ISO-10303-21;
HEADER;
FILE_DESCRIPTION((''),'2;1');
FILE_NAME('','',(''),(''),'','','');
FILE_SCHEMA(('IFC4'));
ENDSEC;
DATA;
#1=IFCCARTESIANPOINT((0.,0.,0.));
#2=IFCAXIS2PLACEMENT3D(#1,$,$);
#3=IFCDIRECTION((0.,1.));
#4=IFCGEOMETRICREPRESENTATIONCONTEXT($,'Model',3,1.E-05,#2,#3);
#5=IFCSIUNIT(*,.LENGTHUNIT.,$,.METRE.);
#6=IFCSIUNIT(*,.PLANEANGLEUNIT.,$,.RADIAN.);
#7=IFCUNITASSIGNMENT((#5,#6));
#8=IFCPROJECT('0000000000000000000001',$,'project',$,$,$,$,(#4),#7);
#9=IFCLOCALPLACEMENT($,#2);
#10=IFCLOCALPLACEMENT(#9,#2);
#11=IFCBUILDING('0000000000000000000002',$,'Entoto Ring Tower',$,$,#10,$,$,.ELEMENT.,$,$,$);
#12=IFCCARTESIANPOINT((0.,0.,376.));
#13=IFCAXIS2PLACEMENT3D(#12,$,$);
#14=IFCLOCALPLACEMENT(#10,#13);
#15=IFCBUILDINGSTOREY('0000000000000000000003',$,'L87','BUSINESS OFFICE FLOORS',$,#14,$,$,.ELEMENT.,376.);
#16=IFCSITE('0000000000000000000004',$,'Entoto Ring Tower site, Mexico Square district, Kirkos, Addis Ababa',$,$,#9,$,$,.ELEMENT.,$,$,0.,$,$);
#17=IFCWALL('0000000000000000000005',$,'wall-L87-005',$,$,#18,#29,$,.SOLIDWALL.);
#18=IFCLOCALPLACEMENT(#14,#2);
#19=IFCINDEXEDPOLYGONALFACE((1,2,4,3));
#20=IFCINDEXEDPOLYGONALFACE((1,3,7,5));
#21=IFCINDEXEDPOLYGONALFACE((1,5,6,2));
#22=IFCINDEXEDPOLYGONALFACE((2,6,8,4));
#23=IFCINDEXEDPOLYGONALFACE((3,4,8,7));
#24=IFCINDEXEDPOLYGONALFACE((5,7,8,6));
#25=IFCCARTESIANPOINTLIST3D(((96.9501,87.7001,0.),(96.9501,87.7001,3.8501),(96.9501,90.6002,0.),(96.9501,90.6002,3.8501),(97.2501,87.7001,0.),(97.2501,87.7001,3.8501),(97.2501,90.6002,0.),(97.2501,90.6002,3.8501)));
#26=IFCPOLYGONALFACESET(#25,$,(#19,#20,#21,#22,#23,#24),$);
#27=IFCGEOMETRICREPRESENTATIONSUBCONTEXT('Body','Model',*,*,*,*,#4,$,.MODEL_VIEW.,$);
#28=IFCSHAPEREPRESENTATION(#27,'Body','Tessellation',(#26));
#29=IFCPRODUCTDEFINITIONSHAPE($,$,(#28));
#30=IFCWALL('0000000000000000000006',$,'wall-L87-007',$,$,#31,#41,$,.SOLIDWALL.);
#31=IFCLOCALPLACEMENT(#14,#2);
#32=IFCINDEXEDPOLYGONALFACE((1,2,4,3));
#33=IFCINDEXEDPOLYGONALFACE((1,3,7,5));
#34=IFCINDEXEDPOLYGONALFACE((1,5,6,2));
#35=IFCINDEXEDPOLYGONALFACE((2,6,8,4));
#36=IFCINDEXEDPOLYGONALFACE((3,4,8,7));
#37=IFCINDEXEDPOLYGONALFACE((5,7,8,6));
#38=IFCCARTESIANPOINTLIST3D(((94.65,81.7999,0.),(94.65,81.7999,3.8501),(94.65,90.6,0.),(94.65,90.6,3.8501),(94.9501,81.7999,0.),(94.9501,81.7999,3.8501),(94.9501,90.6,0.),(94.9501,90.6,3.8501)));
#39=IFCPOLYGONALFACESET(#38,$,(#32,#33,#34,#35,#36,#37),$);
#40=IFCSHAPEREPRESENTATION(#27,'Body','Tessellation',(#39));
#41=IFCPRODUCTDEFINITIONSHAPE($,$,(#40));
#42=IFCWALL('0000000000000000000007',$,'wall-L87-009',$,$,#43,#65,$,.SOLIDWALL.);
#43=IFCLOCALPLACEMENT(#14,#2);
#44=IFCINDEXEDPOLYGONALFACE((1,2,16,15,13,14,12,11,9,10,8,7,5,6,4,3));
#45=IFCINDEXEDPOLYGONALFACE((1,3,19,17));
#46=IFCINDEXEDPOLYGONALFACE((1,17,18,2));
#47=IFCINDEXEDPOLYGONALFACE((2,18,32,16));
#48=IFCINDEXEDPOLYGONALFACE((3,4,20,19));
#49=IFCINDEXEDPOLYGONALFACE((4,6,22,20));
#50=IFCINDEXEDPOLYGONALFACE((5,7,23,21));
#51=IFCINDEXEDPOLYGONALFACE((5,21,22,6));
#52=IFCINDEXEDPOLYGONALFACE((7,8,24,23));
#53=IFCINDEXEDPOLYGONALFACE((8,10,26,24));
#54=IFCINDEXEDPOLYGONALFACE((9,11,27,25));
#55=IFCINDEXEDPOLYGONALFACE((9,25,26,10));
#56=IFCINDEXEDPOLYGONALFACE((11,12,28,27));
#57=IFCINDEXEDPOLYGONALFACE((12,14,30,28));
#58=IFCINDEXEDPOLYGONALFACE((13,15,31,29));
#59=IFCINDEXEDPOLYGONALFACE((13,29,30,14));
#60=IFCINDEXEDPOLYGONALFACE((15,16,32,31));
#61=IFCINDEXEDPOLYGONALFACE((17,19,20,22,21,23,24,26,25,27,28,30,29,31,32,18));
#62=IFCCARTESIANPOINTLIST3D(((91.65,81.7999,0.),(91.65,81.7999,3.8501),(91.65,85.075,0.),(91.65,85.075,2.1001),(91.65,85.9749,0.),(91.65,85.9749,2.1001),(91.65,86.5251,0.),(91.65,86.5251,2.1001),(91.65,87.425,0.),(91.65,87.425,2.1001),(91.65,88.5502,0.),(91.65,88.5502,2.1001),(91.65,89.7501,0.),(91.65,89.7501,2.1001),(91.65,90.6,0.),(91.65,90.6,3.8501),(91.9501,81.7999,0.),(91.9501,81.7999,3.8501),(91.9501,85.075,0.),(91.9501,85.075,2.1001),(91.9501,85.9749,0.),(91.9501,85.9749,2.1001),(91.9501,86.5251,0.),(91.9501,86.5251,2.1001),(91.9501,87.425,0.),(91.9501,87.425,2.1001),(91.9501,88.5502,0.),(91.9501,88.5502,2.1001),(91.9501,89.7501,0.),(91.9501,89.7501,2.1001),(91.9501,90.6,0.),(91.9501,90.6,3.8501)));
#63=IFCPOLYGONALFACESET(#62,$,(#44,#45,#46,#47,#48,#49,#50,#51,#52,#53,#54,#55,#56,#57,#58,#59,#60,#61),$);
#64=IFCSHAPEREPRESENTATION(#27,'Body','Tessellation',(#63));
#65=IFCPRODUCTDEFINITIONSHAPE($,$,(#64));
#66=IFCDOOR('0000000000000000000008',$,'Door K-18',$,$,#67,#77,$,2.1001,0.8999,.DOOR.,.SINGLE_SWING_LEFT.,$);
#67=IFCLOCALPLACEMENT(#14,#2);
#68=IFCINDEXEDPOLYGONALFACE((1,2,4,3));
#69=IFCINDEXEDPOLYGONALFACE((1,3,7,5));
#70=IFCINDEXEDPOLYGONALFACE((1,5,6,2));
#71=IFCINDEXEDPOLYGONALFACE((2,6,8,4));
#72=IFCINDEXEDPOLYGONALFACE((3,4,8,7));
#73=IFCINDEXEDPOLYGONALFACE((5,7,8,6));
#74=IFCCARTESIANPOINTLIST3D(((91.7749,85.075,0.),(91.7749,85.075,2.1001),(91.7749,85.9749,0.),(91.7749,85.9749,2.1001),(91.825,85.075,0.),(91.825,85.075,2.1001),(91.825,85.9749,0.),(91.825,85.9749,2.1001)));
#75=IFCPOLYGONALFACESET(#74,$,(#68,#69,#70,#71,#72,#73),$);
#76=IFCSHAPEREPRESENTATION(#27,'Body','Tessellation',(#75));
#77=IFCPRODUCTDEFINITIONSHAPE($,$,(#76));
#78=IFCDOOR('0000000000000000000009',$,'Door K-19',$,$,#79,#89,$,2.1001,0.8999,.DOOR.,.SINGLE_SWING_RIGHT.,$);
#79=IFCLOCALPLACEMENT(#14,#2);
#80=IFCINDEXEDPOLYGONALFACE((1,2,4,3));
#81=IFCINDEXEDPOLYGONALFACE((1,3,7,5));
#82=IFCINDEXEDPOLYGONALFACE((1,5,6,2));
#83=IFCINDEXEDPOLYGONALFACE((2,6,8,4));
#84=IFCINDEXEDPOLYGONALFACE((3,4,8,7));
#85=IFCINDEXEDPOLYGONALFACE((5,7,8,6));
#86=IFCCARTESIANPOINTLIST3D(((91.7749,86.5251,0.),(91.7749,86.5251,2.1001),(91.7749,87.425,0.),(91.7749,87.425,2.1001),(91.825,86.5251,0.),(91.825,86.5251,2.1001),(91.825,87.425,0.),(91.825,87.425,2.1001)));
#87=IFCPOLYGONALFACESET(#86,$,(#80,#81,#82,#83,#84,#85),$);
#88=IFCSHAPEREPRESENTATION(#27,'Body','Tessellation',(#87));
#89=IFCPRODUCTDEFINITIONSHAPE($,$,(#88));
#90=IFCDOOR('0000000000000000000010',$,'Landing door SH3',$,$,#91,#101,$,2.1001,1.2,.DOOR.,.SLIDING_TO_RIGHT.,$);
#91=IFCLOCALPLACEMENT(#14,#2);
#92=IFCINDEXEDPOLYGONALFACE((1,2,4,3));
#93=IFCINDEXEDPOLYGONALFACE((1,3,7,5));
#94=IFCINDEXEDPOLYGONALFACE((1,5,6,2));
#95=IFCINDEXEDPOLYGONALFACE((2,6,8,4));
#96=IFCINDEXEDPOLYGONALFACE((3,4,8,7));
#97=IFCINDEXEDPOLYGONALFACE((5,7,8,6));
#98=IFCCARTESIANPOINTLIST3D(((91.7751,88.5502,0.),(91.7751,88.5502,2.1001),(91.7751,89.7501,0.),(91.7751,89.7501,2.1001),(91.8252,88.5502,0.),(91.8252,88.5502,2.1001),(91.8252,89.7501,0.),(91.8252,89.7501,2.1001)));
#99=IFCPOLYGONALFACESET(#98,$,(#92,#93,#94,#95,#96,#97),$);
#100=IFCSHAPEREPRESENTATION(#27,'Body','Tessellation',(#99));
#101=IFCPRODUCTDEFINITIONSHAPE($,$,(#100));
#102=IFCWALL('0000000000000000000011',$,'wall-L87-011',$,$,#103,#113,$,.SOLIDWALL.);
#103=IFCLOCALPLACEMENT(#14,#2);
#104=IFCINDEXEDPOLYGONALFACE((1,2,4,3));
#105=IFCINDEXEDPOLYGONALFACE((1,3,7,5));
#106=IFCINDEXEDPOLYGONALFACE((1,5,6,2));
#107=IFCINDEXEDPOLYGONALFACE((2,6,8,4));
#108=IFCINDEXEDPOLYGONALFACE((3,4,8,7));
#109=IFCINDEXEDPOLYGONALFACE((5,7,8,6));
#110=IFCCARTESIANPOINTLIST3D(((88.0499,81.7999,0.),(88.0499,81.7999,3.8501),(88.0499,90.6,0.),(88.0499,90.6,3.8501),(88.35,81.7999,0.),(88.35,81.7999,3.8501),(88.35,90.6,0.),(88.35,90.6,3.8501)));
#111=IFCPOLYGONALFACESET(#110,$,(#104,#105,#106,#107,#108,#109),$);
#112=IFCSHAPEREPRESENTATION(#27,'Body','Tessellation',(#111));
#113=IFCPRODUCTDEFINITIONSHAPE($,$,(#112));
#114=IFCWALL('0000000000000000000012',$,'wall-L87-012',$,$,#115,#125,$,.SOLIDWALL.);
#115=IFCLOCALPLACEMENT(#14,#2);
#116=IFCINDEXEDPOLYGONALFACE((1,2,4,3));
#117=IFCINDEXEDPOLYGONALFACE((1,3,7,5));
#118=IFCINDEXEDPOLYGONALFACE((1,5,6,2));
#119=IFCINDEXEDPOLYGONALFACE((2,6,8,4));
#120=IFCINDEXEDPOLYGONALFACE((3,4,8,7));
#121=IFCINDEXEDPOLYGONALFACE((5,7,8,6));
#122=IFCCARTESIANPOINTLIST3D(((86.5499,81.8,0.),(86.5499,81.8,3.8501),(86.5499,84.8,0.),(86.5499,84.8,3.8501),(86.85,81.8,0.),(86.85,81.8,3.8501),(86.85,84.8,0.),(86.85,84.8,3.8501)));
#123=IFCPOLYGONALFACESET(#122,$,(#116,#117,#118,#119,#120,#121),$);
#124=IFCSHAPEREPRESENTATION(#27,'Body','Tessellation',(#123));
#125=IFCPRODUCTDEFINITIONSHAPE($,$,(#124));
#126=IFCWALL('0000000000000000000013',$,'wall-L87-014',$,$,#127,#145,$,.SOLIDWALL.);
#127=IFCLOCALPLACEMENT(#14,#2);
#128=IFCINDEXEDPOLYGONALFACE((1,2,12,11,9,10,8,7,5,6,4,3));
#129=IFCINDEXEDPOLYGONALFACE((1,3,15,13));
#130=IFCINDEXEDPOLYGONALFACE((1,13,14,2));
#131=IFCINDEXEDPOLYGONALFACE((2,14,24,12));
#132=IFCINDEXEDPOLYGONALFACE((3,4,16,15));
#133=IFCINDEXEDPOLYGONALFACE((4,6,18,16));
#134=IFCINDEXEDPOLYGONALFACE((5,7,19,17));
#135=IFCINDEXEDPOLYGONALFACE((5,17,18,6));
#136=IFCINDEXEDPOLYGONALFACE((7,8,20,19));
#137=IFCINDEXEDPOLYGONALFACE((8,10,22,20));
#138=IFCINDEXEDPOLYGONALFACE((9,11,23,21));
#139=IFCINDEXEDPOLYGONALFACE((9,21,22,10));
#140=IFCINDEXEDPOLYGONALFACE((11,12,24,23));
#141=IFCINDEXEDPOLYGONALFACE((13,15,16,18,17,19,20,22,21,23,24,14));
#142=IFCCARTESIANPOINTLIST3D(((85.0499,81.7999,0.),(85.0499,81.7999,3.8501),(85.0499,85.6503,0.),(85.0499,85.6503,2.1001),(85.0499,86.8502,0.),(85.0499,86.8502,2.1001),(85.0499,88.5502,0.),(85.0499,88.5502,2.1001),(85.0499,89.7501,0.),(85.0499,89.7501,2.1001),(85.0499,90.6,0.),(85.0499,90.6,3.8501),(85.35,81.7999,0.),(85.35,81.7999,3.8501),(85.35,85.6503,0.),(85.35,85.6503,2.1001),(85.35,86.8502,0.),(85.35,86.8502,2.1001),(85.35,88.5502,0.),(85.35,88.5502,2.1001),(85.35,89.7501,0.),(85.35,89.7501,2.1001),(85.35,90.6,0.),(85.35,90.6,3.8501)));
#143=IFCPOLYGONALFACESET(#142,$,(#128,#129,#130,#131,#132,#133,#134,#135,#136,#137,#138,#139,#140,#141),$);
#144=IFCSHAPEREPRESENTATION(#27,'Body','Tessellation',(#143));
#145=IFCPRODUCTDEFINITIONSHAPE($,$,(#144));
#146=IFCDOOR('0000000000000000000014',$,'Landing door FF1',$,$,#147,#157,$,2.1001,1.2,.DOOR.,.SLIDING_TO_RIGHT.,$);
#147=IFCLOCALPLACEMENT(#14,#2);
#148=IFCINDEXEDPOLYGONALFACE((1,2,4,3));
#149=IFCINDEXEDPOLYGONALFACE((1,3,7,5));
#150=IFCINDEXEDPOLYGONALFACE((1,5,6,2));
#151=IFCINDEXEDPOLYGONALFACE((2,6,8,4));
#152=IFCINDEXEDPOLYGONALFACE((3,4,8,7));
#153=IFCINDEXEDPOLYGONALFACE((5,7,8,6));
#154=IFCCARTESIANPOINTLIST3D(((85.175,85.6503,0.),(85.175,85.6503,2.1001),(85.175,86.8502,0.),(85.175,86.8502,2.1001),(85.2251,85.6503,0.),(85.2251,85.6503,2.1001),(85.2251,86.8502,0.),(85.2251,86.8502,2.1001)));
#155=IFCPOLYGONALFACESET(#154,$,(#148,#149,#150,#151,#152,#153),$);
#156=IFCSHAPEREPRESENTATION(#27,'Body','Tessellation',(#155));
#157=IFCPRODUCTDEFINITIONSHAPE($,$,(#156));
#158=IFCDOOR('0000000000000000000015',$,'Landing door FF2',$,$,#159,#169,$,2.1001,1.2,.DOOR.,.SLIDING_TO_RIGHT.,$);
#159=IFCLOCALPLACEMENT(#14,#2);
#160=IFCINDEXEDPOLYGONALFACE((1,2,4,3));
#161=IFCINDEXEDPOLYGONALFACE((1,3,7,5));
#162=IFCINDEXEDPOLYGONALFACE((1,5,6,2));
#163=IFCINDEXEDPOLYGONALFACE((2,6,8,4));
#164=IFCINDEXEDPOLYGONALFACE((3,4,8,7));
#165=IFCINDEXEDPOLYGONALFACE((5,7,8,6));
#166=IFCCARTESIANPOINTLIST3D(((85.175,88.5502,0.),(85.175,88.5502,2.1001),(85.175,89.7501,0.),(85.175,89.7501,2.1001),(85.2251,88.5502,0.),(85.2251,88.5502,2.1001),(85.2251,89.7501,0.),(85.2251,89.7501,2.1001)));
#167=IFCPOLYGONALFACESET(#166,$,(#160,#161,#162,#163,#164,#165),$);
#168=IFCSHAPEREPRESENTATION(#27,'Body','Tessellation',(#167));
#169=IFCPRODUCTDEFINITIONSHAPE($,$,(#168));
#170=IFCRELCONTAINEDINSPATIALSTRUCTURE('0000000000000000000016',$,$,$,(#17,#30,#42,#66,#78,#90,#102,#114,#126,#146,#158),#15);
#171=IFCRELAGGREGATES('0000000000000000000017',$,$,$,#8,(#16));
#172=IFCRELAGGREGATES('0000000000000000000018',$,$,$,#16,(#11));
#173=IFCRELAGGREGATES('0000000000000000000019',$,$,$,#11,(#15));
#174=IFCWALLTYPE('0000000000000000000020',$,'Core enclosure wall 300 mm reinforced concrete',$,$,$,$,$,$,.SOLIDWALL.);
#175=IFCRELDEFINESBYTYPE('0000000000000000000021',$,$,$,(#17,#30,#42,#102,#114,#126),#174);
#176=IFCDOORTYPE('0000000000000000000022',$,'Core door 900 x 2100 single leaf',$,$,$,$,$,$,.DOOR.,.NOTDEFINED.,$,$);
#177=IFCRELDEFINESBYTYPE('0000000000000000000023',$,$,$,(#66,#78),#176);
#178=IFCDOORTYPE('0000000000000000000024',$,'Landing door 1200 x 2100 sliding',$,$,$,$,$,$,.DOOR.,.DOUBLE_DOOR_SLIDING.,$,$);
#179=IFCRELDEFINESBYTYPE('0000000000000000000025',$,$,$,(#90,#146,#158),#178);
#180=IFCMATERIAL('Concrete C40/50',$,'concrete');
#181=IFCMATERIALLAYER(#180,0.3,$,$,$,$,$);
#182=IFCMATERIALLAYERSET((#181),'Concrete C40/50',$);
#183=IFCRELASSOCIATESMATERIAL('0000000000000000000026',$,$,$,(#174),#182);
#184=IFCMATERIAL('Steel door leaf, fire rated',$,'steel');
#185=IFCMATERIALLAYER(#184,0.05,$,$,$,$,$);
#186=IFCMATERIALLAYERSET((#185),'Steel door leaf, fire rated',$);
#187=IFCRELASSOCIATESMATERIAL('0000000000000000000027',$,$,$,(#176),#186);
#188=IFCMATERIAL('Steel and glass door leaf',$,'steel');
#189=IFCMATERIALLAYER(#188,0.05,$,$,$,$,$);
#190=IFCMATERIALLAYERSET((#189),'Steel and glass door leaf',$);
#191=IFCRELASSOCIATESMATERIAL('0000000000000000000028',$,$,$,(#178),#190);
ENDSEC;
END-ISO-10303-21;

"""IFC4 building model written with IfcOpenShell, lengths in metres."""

from ifc_helpers import new_model, si_unit, direction, frame, frame_2d, origin, place, context, subcontext, project, spatial, rectangle, extrude, material, layer, layer_set, type_object, element, fill, save


model = new_model("IFC4")

# Units and contexts
model_context = context("Model", 3, precision=1e-05, world=origin(), true_north=direction((0.0, 1.0)))
body_context = subcontext(model_context, "Body", "Model", "MODEL_VIEW")
ifc_project = project(units=[si_unit("LENGTHUNIT", "METRE"), si_unit("PLANEANGLEUNIT", "RADIAN")], contexts=[model_context])

# Site, building, storey
site_placement = place(None, origin())
site = spatial("IfcSite", under=ifc_project, at=site_placement, Name="Entoto Ring Tower site, Mexico Square district, Kirkos, Addis Ababa", CompositionType="ELEMENT", RefElevation=0.0)
building_placement = place(site_placement, origin())
building = spatial("IfcBuilding", under=site, at=building_placement, Name="Entoto Ring Tower", CompositionType="ELEMENT")
storey_placement = place(building_placement, frame((0.0, 0.0, 376.0)))
storey = spatial("IfcBuildingStorey", under=building, at=storey_placement, Name="L87", Description="BUSINESS OFFICE FLOORS", CompositionType="ELEMENT", Elevation=376.0)

# Walls
ifc_material_1 = material(Name="Concrete C40/50", Category="concrete")
ifc_layer_1 = layer(ifc_material_1, 0.3)
ifc_layer_set_1 = layer_set([ifc_layer_1], Name="Concrete C40/50")
wall_type = type_object("IfcWallType", Name="Core enclosure wall 300 mm reinforced concrete", PredefinedType="SOLIDWALL", material=ifc_layer_set_1)
wall_1_placement = place(storey_placement, frame((97.1001, 87.7, 0.0), z_axis=(0.0, 0.0, 1.0), x_axis=(0.0, 1.0, 0.0)))
element("IfcWall", 1, at=wall_1_placement, inside=storey, type_object=wall_type, Name="wall-L87-005", PredefinedType="SOLIDWALL", context=body_context, shape_type="SweptSolid", body=[
    extrude(rectangle(XDim=2.9001, YDim=0.3, at=frame_2d((1.4502, 0.0))), origin(), (0.0, 0.0, 1.0), 3.8501),
])
wall_2_placement = place(storey_placement, frame((94.8, 81.8, 0.0), z_axis=(0.0, 0.0, 1.0), x_axis=(0.0, 1.0, 0.0)))
element("IfcWall", 2, at=wall_2_placement, inside=storey, type_object=wall_type, Name="wall-L87-007", PredefinedType="SOLIDWALL", context=body_context, shape_type="SweptSolid", body=[
    extrude(rectangle(XDim=8.8, YDim=0.3, at=frame_2d((4.3999, 0.0))), origin(), (0.0, 0.0, 1.0), 3.8501),
])

# Wall, openings, doors
wall_3_placement = place(storey_placement, frame((91.8, 81.8, 0.0), z_axis=(0.0, 0.0, 1.0), x_axis=(0.0, 1.0, 0.0)))
wall_3 = element("IfcWall", 3, at=wall_3_placement, inside=storey, type_object=wall_type, Name="wall-L87-009", PredefinedType="SOLIDWALL", context=body_context, shape_type="SweptSolid", body=[
    extrude(rectangle(XDim=8.8, YDim=0.3, at=frame_2d((4.3999, 0.0))), origin(), (0.0, 0.0, 1.0), 3.8501),
])
opening_1_placement = place(wall_3_placement, frame((6.75, 0.0, 0.0)))
opening_1 = element("IfcOpeningElement", 4, at=opening_1_placement, cuts=wall_3, PredefinedType="OPENING", context=body_context, shape_type="SweptSolid", body=[
    extrude(rectangle(XDim=1.2, YDim=2.1001, at=frame_2d((0.6001, 1.05))), frame((0.0, 0.1602, 0.0), z_axis=(0.0, -1.0, 0.0), x_axis=(1.0, 0.0, 0.0)), (0.0, 0.0, 1.0), 0.3201),
])
opening_2_placement = place(wall_3_placement, frame((3.2749, 0.0, 0.0)))
opening_2 = element("IfcOpeningElement", 5, at=opening_2_placement, cuts=wall_3, PredefinedType="OPENING", context=body_context, shape_type="SweptSolid", body=[
    extrude(rectangle(XDim=0.8999, YDim=2.1001, at=frame_2d((0.45, 1.05))), frame((0.0, 0.1602, 0.0), z_axis=(0.0, -1.0, 0.0), x_axis=(1.0, 0.0, 0.0)), (0.0, 0.0, 1.0), 0.3201),
])
opening_3_placement = place(wall_3_placement, frame((4.7251, 0.0, 0.0)))
opening_3 = element("IfcOpeningElement", 6, at=opening_3_placement, cuts=wall_3, PredefinedType="OPENING", context=body_context, shape_type="SweptSolid", body=[
    extrude(rectangle(XDim=0.8999, YDim=2.1001, at=frame_2d((0.45, 1.05))), frame((0.0, 0.1602, 0.0), z_axis=(0.0, -1.0, 0.0), x_axis=(1.0, 0.0, 0.0)), (0.0, 0.0, 1.0), 0.3201),
])
ifc_material_2 = material(Name="Steel door leaf, fire rated", Category="steel")
ifc_layer_2 = layer(ifc_material_2, 0.05)
ifc_layer_set_2 = layer_set([ifc_layer_2], Name="Steel door leaf, fire rated")
door_type_1 = type_object("IfcDoorType", Name="Core door 900 x 2100 single leaf", OperationType="NOTDEFINED", PredefinedType="DOOR", material=ifc_layer_set_2)
door_1_placement = place(opening_2_placement, frame((0.8999, 0.0, 0.0), z_axis=(0.0, 0.0, 1.0), x_axis=(-1.0, 0.0, 0.0)))
door_1 = element("IfcDoor", 7, at=door_1_placement, inside=storey, type_object=door_type_1, Name="Door K-18", OperationType="SINGLE_SWING_LEFT", OverallHeight=2.1001, OverallWidth=0.8999, PredefinedType="DOOR", context=body_context, shape_type="SweptSolid", body=[
    extrude(rectangle(XDim=0.8999, YDim=2.1001, at=frame_2d((0.45, 1.05))), frame((0.0, 0.0249, 0.0), z_axis=(0.0, -1.0, 0.0), x_axis=(1.0, 0.0, 0.0)), (0.0, 0.0, 1.0), 0.05),
])
fill(opening_2, door_1)
door_2_placement = place(opening_3_placement, frame((0.8999, 0.0, 0.0), z_axis=(0.0, 0.0, 1.0), x_axis=(-1.0, 0.0, 0.0)))
door_2 = element("IfcDoor", 8, at=door_2_placement, inside=storey, type_object=door_type_1, Name="Door K-19", OperationType="SINGLE_SWING_RIGHT", OverallHeight=2.1001, OverallWidth=0.8999, PredefinedType="DOOR", context=body_context, shape_type="SweptSolid", body=[
    extrude(rectangle(XDim=0.8999, YDim=2.1001, at=frame_2d((0.45, 1.05))), frame((0.0, 0.0249, 0.0), z_axis=(0.0, -1.0, 0.0), x_axis=(1.0, 0.0, 0.0)), (0.0, 0.0, 1.0), 0.05),
])
fill(opening_3, door_2)
ifc_material_3 = material(Name="Steel and glass door leaf", Category="steel")
ifc_layer_3 = layer(ifc_material_3, 0.05)
ifc_layer_set_3 = layer_set([ifc_layer_3], Name="Steel and glass door leaf")
door_type_2 = type_object("IfcDoorType", Name="Landing door 1200 x 2100 sliding", OperationType="DOUBLE_DOOR_SLIDING", PredefinedType="DOOR", material=ifc_layer_set_3)
door_3_placement = place(opening_1_placement, origin())
door_3 = element("IfcDoor", 9, at=door_3_placement, inside=storey, type_object=door_type_2, Name="Landing door SH3", OperationType="SLIDING_TO_RIGHT", OverallHeight=2.1001, OverallWidth=1.2, PredefinedType="DOOR", context=body_context, shape_type="SweptSolid", body=[
    extrude(rectangle(XDim=1.2, YDim=2.1001, at=frame_2d((0.6001, 1.05))), frame((0.0, 0.0249, 0.0), z_axis=(0.0, -1.0, 0.0), x_axis=(1.0, 0.0, 0.0)), (0.0, 0.0, 1.0), 0.05),
])
fill(opening_1, door_3)

# Walls
wall_4_placement = place(storey_placement, frame((88.2, 81.8, 0.0), z_axis=(0.0, 0.0, 1.0), x_axis=(0.0, 1.0, 0.0)))
element("IfcWall", 10, at=wall_4_placement, inside=storey, type_object=wall_type, Name="wall-L87-011", PredefinedType="SOLIDWALL", context=body_context, shape_type="SweptSolid", body=[
    extrude(rectangle(XDim=8.8, YDim=0.3, at=frame_2d((4.3999, 0.0))), origin(), (0.0, 0.0, 1.0), 3.8501),
])
wall_5_placement = place(storey_placement, frame((86.7, 81.8, 0.0), z_axis=(0.0, 0.0, 1.0), x_axis=(0.0, 1.0, 0.0)))
element("IfcWall", 11, at=wall_5_placement, inside=storey, type_object=wall_type, Name="wall-L87-012", PredefinedType="SOLIDWALL", context=body_context, shape_type="SweptSolid", body=[
    extrude(rectangle(XDim=3.0, YDim=0.3, at=frame_2d((1.5, 0.0))), origin(), (0.0, 0.0, 1.0), 3.8501),
])

# Wall, openings, doors
wall_6_placement = place(storey_placement, frame((85.2, 81.8, 0.0), z_axis=(0.0, 0.0, 1.0), x_axis=(0.0, 1.0, 0.0)))
wall_6 = element("IfcWall", 12, at=wall_6_placement, inside=storey, type_object=wall_type, Name="wall-L87-014", PredefinedType="SOLIDWALL", context=body_context, shape_type="SweptSolid", body=[
    extrude(rectangle(XDim=8.8, YDim=0.3, at=frame_2d((4.3999, 0.0))), origin(), (0.0, 0.0, 1.0), 3.8501),
])
opening_4_placement = place(wall_6_placement, frame((3.8501, 0.0, 0.0)))
opening_4 = element("IfcOpeningElement", 13, at=opening_4_placement, cuts=wall_6, PredefinedType="OPENING", context=body_context, shape_type="SweptSolid", body=[
    extrude(rectangle(XDim=1.2, YDim=2.1001, at=frame_2d((0.6001, 1.05))), frame((0.0, 0.1602, 0.0), z_axis=(0.0, -1.0, 0.0), x_axis=(1.0, 0.0, 0.0)), (0.0, 0.0, 1.0), 0.3201),
])
opening_5_placement = place(wall_6_placement, frame((6.75, 0.0, 0.0)))
opening_5 = element("IfcOpeningElement", 14, at=opening_5_placement, cuts=wall_6, PredefinedType="OPENING", context=body_context, shape_type="SweptSolid", body=[
    extrude(rectangle(XDim=1.2, YDim=2.1001, at=frame_2d((0.6001, 1.05))), frame((0.0, 0.1602, 0.0), z_axis=(0.0, -1.0, 0.0), x_axis=(1.0, 0.0, 0.0)), (0.0, 0.0, 1.0), 0.3201),
])
door_4_placement = place(opening_4_placement, origin())
door_4 = element("IfcDoor", 15, at=door_4_placement, inside=storey, type_object=door_type_2, Name="Landing door FF1", OperationType="SLIDING_TO_RIGHT", OverallHeight=2.1001, OverallWidth=1.2, PredefinedType="DOOR", context=body_context, shape_type="SweptSolid", body=[
    extrude(rectangle(XDim=1.2, YDim=2.1001, at=frame_2d((0.6001, 1.05))), frame((0.0, 0.0249, 0.0), z_axis=(0.0, -1.0, 0.0), x_axis=(1.0, 0.0, 0.0)), (0.0, 0.0, 1.0), 0.05),
])
fill(opening_4, door_4)
door_5_placement = place(opening_5_placement, origin())
door_5 = element("IfcDoor", 16, at=door_5_placement, inside=storey, type_object=door_type_2, Name="Landing door FF2", OperationType="SLIDING_TO_RIGHT", OverallHeight=2.1001, OverallWidth=1.2, PredefinedType="DOOR", context=body_context, shape_type="SweptSolid", body=[
    extrude(rectangle(XDim=1.2, YDim=2.1001, at=frame_2d((0.6001, 1.05))), frame((0.0, 0.0249, 0.0), z_axis=(0.0, -1.0, 0.0), x_axis=(1.0, 0.0, 0.0)), (0.0, 0.0, 1.0), 0.05),
])
fill(opening_5, door_5)

save(model, "model.ifc")
